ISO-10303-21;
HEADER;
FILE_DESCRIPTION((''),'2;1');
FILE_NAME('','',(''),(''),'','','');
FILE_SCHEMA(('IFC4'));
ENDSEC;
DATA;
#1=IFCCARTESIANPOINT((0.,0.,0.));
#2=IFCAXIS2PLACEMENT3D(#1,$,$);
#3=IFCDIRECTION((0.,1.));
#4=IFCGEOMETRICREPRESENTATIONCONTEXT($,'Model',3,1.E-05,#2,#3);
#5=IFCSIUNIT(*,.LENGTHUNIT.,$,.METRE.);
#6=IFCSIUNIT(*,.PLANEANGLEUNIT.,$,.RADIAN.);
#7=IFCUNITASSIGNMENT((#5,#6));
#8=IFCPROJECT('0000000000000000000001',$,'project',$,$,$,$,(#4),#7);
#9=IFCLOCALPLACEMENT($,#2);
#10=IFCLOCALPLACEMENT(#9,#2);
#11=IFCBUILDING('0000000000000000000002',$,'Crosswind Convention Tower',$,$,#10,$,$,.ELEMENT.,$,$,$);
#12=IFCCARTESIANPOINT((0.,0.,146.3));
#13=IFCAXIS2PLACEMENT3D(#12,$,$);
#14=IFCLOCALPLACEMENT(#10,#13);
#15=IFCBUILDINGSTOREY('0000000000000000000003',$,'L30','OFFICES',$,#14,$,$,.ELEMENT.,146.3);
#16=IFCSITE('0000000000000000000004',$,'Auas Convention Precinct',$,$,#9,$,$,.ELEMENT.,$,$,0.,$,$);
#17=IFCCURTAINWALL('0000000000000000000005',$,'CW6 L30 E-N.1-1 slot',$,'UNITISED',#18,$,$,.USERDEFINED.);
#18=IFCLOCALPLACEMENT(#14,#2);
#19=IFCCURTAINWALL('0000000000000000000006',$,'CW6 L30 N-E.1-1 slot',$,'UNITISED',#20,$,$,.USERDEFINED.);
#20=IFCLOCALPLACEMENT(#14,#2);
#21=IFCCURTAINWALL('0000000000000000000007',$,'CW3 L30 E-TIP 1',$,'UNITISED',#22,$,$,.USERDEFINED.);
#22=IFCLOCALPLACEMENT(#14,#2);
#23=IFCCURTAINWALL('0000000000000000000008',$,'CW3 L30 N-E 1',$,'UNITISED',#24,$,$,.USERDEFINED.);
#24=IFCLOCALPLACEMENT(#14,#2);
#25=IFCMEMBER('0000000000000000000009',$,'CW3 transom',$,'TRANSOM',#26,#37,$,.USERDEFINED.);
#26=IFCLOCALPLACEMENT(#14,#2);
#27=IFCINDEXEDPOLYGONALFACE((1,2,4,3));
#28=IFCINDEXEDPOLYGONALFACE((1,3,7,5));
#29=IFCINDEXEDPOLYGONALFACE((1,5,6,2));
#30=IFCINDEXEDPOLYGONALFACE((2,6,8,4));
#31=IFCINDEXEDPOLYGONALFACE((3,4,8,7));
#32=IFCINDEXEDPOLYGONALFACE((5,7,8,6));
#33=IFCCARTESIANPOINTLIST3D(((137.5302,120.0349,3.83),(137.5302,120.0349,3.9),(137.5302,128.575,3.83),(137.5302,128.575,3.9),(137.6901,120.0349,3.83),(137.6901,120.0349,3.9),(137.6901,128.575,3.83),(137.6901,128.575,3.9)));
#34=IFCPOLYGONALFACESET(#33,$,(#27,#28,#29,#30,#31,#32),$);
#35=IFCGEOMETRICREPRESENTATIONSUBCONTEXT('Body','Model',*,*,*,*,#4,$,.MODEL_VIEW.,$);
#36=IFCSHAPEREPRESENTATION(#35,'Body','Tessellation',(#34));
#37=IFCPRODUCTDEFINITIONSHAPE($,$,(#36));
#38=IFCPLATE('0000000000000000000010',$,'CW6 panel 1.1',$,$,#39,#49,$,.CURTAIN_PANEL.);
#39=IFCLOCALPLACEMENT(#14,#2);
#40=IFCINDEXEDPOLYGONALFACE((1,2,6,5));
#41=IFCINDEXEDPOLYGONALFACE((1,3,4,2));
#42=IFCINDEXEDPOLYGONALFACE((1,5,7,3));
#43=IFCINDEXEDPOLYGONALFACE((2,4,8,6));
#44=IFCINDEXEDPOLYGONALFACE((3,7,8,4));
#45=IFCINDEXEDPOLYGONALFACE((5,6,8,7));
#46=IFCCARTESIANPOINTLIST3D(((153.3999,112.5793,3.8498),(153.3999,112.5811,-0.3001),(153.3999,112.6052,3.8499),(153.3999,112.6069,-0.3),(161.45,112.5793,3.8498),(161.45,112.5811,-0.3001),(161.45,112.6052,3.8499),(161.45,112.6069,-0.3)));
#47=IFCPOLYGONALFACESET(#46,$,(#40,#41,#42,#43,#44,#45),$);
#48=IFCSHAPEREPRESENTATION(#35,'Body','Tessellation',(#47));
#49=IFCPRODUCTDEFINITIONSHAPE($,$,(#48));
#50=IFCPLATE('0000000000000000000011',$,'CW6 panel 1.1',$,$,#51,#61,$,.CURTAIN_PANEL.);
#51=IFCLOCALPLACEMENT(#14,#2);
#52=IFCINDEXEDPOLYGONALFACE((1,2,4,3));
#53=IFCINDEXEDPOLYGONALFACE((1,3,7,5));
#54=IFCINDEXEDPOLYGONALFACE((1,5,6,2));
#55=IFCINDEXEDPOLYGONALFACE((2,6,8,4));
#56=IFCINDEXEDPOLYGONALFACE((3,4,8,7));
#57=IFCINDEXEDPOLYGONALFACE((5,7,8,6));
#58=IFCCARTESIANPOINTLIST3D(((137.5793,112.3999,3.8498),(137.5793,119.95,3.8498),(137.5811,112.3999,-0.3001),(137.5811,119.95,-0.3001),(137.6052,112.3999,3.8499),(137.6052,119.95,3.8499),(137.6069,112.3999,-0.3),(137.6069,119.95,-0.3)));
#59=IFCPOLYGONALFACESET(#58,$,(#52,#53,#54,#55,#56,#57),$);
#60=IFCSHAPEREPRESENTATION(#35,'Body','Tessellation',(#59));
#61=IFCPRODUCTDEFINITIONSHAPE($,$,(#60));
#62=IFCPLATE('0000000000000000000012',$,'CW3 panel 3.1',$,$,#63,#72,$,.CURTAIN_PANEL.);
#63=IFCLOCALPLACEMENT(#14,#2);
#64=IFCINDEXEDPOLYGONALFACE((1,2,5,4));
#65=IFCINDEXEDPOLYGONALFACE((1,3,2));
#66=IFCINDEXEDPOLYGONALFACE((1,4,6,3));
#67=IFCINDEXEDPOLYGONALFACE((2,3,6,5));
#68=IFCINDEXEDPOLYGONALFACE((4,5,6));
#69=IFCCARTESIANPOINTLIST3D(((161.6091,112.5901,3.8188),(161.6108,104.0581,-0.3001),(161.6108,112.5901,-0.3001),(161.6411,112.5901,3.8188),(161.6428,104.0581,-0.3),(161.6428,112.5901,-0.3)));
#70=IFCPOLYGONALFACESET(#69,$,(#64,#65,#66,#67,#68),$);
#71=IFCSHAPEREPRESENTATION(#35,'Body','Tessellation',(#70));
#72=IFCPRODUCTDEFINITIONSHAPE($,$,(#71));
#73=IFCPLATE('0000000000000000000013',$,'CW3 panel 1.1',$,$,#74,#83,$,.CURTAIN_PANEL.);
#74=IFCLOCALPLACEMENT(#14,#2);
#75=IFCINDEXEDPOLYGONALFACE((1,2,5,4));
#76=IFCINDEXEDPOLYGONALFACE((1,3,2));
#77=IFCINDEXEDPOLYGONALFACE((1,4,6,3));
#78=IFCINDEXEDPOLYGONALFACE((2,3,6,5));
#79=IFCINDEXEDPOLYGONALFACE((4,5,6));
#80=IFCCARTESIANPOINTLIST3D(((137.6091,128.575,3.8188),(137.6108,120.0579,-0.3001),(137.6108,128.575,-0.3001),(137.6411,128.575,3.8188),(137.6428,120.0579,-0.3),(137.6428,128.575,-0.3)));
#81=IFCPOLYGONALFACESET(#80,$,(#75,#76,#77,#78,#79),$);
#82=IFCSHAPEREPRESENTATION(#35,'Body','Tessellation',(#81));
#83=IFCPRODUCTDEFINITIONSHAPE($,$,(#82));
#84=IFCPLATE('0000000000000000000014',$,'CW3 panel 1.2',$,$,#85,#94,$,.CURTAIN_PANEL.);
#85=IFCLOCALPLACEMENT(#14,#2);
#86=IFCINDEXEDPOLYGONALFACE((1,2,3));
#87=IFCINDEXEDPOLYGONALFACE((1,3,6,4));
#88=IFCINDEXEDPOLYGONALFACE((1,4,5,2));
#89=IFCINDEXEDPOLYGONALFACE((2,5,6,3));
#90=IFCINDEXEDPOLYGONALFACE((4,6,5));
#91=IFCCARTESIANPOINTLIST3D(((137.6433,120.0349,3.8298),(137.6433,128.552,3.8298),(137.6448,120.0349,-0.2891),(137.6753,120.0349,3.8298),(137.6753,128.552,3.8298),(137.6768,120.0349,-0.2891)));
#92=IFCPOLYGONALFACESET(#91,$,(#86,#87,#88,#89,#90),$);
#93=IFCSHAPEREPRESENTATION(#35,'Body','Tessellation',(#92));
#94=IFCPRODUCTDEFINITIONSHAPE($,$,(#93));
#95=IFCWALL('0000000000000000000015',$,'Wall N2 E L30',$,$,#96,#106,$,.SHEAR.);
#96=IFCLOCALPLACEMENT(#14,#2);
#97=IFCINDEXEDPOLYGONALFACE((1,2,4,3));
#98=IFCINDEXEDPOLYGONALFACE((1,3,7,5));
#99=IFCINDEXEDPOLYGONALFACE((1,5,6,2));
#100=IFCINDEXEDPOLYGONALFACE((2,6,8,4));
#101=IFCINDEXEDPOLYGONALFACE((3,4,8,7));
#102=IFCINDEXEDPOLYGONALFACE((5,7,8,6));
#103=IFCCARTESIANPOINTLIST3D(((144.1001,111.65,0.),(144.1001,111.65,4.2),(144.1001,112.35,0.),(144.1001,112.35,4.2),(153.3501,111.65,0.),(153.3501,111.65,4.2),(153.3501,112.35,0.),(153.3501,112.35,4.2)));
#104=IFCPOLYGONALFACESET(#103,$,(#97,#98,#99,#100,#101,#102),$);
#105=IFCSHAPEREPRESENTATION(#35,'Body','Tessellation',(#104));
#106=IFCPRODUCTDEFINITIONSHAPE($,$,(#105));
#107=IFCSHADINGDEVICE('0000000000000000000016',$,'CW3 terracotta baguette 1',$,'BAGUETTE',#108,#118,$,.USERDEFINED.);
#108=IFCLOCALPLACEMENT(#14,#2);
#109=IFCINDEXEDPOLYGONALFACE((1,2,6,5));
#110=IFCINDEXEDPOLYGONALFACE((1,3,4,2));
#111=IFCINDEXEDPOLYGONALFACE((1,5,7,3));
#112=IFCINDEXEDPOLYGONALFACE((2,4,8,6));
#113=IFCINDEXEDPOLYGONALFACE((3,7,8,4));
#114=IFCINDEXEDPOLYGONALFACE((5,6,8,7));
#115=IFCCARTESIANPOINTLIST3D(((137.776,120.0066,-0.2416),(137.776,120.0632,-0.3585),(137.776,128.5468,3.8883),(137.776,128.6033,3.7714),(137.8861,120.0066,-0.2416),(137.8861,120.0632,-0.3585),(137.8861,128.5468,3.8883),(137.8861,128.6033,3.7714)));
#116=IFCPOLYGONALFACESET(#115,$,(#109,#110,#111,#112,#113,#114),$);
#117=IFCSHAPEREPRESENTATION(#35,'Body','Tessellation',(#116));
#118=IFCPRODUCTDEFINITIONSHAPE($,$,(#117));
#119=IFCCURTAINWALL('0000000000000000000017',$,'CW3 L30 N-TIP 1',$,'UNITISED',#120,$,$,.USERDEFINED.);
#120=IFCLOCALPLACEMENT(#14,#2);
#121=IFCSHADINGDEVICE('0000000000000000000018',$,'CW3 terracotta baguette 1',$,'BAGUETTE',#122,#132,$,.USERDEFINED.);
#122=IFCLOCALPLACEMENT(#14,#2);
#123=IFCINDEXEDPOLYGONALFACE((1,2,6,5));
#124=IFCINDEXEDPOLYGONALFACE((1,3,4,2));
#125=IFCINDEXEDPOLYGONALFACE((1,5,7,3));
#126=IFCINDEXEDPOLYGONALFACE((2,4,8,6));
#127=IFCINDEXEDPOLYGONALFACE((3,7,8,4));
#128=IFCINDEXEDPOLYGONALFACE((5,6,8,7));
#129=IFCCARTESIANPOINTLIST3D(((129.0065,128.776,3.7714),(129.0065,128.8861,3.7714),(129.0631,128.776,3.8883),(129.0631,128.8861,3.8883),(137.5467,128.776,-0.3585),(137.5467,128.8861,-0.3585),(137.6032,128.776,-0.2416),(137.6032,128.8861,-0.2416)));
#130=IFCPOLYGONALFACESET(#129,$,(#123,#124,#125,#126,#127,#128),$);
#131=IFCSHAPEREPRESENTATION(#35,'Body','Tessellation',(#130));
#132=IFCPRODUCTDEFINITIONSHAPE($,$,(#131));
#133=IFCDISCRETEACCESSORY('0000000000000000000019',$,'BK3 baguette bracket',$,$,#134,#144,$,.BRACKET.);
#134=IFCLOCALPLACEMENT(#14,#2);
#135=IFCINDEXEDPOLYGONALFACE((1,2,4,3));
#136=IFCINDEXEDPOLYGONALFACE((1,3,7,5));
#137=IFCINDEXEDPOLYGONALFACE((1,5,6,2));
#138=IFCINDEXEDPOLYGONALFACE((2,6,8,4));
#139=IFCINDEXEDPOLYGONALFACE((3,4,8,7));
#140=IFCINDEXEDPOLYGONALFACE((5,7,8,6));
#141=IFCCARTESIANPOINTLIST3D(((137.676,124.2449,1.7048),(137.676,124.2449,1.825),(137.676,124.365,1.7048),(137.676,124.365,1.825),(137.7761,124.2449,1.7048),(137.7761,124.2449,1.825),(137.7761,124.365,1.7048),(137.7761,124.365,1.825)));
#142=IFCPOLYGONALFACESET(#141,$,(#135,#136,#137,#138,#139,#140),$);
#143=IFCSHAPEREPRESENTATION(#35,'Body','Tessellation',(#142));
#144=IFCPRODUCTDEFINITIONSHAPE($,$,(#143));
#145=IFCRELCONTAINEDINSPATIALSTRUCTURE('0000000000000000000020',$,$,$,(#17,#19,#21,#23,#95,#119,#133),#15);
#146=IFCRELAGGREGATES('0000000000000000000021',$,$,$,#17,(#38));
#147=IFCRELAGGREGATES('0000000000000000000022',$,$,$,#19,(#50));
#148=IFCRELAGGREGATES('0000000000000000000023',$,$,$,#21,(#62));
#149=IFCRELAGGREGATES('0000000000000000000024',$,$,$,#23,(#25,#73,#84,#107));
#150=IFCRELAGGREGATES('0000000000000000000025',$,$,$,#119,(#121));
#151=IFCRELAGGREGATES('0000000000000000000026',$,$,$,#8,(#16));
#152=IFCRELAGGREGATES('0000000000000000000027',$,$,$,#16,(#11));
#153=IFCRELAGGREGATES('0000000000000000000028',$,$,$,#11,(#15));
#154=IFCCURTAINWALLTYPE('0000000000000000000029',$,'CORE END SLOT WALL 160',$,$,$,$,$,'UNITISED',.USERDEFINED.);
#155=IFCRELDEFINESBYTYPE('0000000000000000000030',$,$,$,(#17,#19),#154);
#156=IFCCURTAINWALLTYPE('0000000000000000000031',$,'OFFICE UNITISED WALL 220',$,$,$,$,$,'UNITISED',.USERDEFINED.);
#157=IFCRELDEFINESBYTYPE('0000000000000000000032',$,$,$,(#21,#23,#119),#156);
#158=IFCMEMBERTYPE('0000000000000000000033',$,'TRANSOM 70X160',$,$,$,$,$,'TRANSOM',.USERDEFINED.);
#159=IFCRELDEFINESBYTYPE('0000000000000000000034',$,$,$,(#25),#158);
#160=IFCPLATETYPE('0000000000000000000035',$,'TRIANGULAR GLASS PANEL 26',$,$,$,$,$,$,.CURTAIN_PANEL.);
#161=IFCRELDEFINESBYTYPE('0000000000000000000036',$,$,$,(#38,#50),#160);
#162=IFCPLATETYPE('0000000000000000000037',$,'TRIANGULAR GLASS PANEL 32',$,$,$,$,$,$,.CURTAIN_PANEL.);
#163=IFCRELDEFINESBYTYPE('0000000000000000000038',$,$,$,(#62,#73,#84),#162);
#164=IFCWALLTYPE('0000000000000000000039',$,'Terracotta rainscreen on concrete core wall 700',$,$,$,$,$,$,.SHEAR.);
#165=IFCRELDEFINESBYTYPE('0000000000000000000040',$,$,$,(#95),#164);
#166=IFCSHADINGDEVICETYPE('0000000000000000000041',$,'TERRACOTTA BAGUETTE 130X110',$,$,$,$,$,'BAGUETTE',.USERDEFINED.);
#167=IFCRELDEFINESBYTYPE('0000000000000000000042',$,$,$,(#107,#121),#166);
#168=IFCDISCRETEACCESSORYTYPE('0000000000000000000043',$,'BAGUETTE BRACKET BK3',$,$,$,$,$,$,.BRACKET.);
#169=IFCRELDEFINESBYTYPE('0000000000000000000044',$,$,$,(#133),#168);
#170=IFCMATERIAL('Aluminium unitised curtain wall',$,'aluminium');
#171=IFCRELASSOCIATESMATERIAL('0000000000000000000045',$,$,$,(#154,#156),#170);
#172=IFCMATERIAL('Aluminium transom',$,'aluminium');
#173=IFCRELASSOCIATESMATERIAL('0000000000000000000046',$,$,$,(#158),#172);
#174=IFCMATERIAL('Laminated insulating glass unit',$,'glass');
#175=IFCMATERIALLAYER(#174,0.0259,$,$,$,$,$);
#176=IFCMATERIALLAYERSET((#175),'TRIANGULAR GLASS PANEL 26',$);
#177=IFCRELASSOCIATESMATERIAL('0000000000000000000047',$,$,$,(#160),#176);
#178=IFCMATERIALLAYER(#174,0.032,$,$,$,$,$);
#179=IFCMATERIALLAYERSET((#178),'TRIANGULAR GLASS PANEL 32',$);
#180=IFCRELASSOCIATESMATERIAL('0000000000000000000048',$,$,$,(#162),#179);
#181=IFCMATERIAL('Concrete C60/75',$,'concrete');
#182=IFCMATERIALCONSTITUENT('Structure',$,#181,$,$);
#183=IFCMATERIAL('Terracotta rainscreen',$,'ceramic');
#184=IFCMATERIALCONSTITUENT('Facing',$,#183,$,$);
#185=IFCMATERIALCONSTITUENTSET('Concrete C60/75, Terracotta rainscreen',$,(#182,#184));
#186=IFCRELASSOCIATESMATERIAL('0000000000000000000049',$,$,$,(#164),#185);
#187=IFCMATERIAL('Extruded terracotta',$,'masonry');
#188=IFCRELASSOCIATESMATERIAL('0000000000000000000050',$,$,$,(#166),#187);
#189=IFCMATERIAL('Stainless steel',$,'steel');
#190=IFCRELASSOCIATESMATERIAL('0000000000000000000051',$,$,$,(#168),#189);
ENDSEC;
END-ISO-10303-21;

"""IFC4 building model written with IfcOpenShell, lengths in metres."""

from ifc_helpers import new_model, si_unit, direction, frame, frame_2d, origin, origin_2d, place, context, subcontext, project, spatial, polyline, rectangle, outline, extrude, material, layer, layer_set, constituent, constituent_set, material_profile, profile_set, type_object, element, aggregate, save


model = new_model("IFC4")

# Units and contexts
model_context = context("Model", 3, precision=1e-05, world=origin(), true_north=direction((0.0, 1.0)))
body_context = subcontext(model_context, "Body", "Model", "MODEL_VIEW")
ifc_project = project(units=[si_unit("LENGTHUNIT", "METRE"), si_unit("PLANEANGLEUNIT", "RADIAN")], contexts=[model_context])

# Site, building, storey
site_placement = place(None, origin())
site = spatial("IfcSite", under=ifc_project, at=site_placement, Name="Auas Convention Precinct", CompositionType="ELEMENT", RefElevation=0.0)
building_placement = place(site_placement, origin())
building = spatial("IfcBuilding", under=site, at=building_placement, Name="Crosswind Convention Tower", CompositionType="ELEMENT")
storey_placement = place(building_placement, frame((0.0, 0.0, 146.3)))
storey = spatial("IfcBuildingStorey", under=building, at=storey_placement, Name="L30", Description="OFFICES", CompositionType="ELEMENT", Elevation=146.3)

# Shared definitions
ifc_material_1 = material(Name="Concrete C60/75", Category="concrete")

# Curtain walls
ifc_material_2 = material(Name="Aluminium unitised curtain wall", Category="aluminium")
curtain_wall_type_1 = type_object("IfcCurtainWallType", Name="CORE END SLOT WALL 160", ElementType="UNITISED", PredefinedType="USERDEFINED", material=ifc_material_2)
curtain_wall_1_placement = place(storey_placement, origin())
curtain_wall_1 = element("IfcCurtainWall", 1, at=curtain_wall_1_placement, inside=storey, type_object=curtain_wall_type_1, Name="CW6 L30 E-N.1-1 slot", ObjectType="UNITISED", PredefinedType="USERDEFINED")
curtain_wall_2_placement = place(storey_placement, origin())
curtain_wall_2 = element("IfcCurtainWall", 2, at=curtain_wall_2_placement, inside=storey, type_object=curtain_wall_type_1, Name="CW6 L30 N-E.1-1 slot", ObjectType="UNITISED", PredefinedType="USERDEFINED")

# Curtain wall
curtain_wall_type_2 = type_object("IfcCurtainWallType", Name="OFFICE UNITISED WALL 220", ElementType="UNITISED", PredefinedType="USERDEFINED", material=ifc_material_2)
curtain_wall_3_placement = place(storey_placement, origin())
curtain_wall_3 = element("IfcCurtainWall", 3, at=curtain_wall_3_placement, inside=storey, type_object=curtain_wall_type_2, Name="CW3 L30 E-TIP 1", ObjectType="UNITISED", PredefinedType="USERDEFINED")

# Curtain wall
curtain_wall_4_placement = place(storey_placement, origin())
curtain_wall_4 = element("IfcCurtainWall", 4, at=curtain_wall_4_placement, inside=storey, type_object=curtain_wall_type_2, Name="CW3 L30 N-E 1", ObjectType="UNITISED", PredefinedType="USERDEFINED")

# Member
ifc_material_3 = material(Name="Aluminium transom", Category="aluminium")
ifc_material_profile_1 = material_profile(ifc_material_3, rectangle(XDim=0.1599, YDim=0.0701, at=origin_2d()), Name="AL 160X70")
ifc_profile_set_1 = profile_set([ifc_material_profile_1], Name="Aluminium transom")
member_type_1 = type_object("IfcMemberType", Name="TRANSOM 70X160", ElementType="TRANSOM", PredefinedType="USERDEFINED", material=ifc_profile_set_1)
member_1_placement = place(storey_placement, frame((137.6101, 120.0349, 3.865), z_axis=(0.0, 1.0, 0.0), x_axis=(-1.0, 0.0, 0.0)))
member_1 = element("IfcMember", 5, at=member_1_placement, type_object=member_type_1, Name="CW3 transom", ObjectType="TRANSOM", PredefinedType="USERDEFINED", context=body_context, shape_type="SweptSolid", body=[
    extrude(rectangle(XDim=0.1599, YDim=0.0701, at=origin_2d()), origin(), (0.0, 0.0, 1.0), 8.54),
])

# Plates
ifc_material_4 = material(Name="Laminated insulating glass unit", Category="glass")
ifc_layer_1 = layer(ifc_material_4, 0.0259)
ifc_layer_set_1 = layer_set([ifc_layer_1], Name="TRIANGULAR GLASS PANEL 26")
plate_type_1 = type_object("IfcPlateType", Name="TRIANGULAR GLASS PANEL 26", PredefinedType="CURTAIN_PANEL", material=ifc_layer_set_1)
plate_1_placement = place(storey_placement, frame((161.45, 112.6069, -0.3), z_axis=(0.0, 1.0, 0.000412), x_axis=(-1.0, 0.0, 0.0)))
plate_1 = element("IfcPlate", 6, at=plate_1_placement, type_object=plate_type_1, Name="CW6 panel 1.1", PredefinedType="CURTAIN_PANEL", context=body_context, shape_type="SweptSolid", body=[
    extrude(outline(polyline([(0.0, 0.0), (8.05, 0.0), (8.05, 4.1499), (0.0, 4.1499), (0.0, 0.0)])), origin(), (0.0, 0.0, -1.0), 0.0259),
])
aggregate(curtain_wall_1, [plate_1])
plate_2_placement = place(storey_placement, frame((137.6069, 112.3999, -0.3), z_axis=(1.0, 0.0, 0.000412), x_axis=(0.0, 1.0, 0.0)))
plate_2 = element("IfcPlate", 7, at=plate_2_placement, type_object=plate_type_1, Name="CW6 panel 1.1", PredefinedType="CURTAIN_PANEL", context=body_context, shape_type="SweptSolid", body=[
    extrude(outline(polyline([(0.0, 0.0), (7.55, 0.0), (7.55, 4.1499), (0.0, 4.1499), (0.0, 0.0)])), origin(), (0.0, 0.0, -1.0), 0.0259),
])
aggregate(curtain_wall_2, [plate_2])
ifc_layer_2 = layer(ifc_material_4, 0.032)
ifc_layer_set_2 = layer_set([ifc_layer_2], Name="TRIANGULAR GLASS PANEL 32")
plate_type_2 = type_object("IfcPlateType", Name="TRIANGULAR GLASS PANEL 32", PredefinedType="CURTAIN_PANEL", material=ifc_layer_set_2)
plate_3_placement = place(storey_placement, frame((161.6428, 112.5901, -0.3), z_axis=(1.0, 0.0, 0.000415), x_axis=(-0.000415, 0.0, 1.0)))
plate_3 = element("IfcPlate", 8, at=plate_3_placement, type_object=plate_type_2, Name="CW3 panel 3.1", PredefinedType="CURTAIN_PANEL", context=body_context, shape_type="SweptSolid", body=[
    extrude(outline(polyline([(0.0, 0.0), (4.1189, 0.0), (0.0, 8.532), (0.0, 0.0)])), origin(), (0.0, 0.0, -1.0), 0.032),
])
aggregate(curtain_wall_3, [plate_3])
plate_4_placement = place(storey_placement, frame((137.6428, 128.575, -0.3), z_axis=(1.0, 0.0, 0.000415), x_axis=(-0.000415, 0.0, 1.0)))
plate_4 = element("IfcPlate", 9, at=plate_4_placement, type_object=plate_type_2, Name="CW3 panel 1.1", PredefinedType="CURTAIN_PANEL", context=body_context, shape_type="SweptSolid", body=[
    extrude(outline(polyline([(0.0, 0.0), (4.1189, 0.0), (0.0, 8.5171), (0.0, 0.0)])), origin(), (0.0, 0.0, -1.0), 0.032),
])
plate_5_placement = place(storey_placement, frame((137.6753, 120.0349, 3.8298), z_axis=(1.0, 0.0, 0.000356), x_axis=(0.000356, 0.0, -1.0)))
plate_5 = element("IfcPlate", 10, at=plate_5_placement, type_object=plate_type_2, Name="CW3 panel 1.2", PredefinedType="CURTAIN_PANEL", context=body_context, shape_type="SweptSolid", body=[
    extrude(outline(polyline([(0.0, 0.0), (4.1189, 0.0), (0.0, 8.5171), (0.0, 0.0)])), origin(), (0.0, 0.0, -1.0), 0.032),
])

# Wall
ifc_constituent_1 = constituent(ifc_material_1, Name="Structure")
ifc_material_5 = material(Name="Terracotta rainscreen", Category="ceramic")
ifc_constituent_2 = constituent(ifc_material_5, Name="Facing")
ifc_constituent_set = constituent_set(constituents=[ifc_constituent_1, ifc_constituent_2], Name="Concrete C60/75, Terracotta rainscreen")
wall_type = type_object("IfcWallType", Name="Terracotta rainscreen on concrete core wall 700", PredefinedType="SHEAR", material=ifc_constituent_set)
wall_placement = place(storey_placement, frame((144.1001, 112.0, 0.0), z_axis=(0.0, 0.0, 1.0), x_axis=(1.0, 0.0, 0.0)))
element("IfcWall", 11, at=wall_placement, inside=storey, type_object=wall_type, Name="Wall N2 E L30", PredefinedType="SHEAR", context=body_context, shape_type="SweptSolid", body=[
    extrude(rectangle(XDim=9.25, YDim=0.7, at=frame_2d((4.625, 0.0))), origin(), (0.0, 0.0, 1.0), 4.2),
])

# Shading device
ifc_material_6 = material(Name="Extruded terracotta", Category="masonry")
ifc_material_profile_2 = material_profile(ifc_material_6, rectangle(XDim=0.1101, YDim=0.1299, at=origin_2d()), Name="TC 110X130")
ifc_profile_set_2 = profile_set([ifc_material_profile_2], Name="Extruded terracotta")
shading_device_type = type_object("IfcShadingDeviceType", Name="TERRACOTTA BAGUETTE 130X110", ElementType="BAGUETTE", PredefinedType="USERDEFINED", material=ifc_profile_set_2)
shading_device_1_placement = place(storey_placement, frame((137.8311, 120.0349, -0.3), z_axis=(0.0, 0.900258, 0.435356), x_axis=(-1.0, 0.0, 0.0)))
shading_device_1 = element("IfcShadingDevice", 12, at=shading_device_1_placement, type_object=shading_device_type, Name="CW3 terracotta baguette 1", ObjectType="BAGUETTE", PredefinedType="USERDEFINED", context=body_context, shape_type="SweptSolid", body=[
    extrude(rectangle(XDim=0.1101, YDim=0.1299, at=origin_2d()), origin(), (0.0, 0.0, 1.0), 9.4863),
])
aggregate(curtain_wall_4, [member_1, plate_4, plate_5, shading_device_1])

# Curtain wall, shading device
curtain_wall_5_placement = place(storey_placement, origin())
curtain_wall_5 = element("IfcCurtainWall", 13, at=curtain_wall_5_placement, inside=storey, type_object=curtain_wall_type_2, Name="CW3 L30 N-TIP 1", ObjectType="UNITISED", PredefinedType="USERDEFINED")
shading_device_2_placement = place(storey_placement, frame((137.575, 128.8311, -0.3), z_axis=(-0.900258, 0.0, 0.435356), x_axis=(0.0, -1.0, 0.0)))
shading_device_2 = element("IfcShadingDevice", 14, at=shading_device_2_placement, type_object=shading_device_type, Name="CW3 terracotta baguette 1", ObjectType="BAGUETTE", PredefinedType="USERDEFINED", context=body_context, shape_type="SweptSolid", body=[
    extrude(rectangle(XDim=0.1101, YDim=0.1299, at=origin_2d()), origin(), (0.0, 0.0, 1.0), 9.4863),
])
aggregate(curtain_wall_5, [shading_device_2])

# Discrete accessory
ifc_material_7 = material(Name="Stainless steel", Category="steel")
discrete_accessory_type = type_object("IfcDiscreteAccessoryType", Name="BAGUETTE BRACKET BK3", PredefinedType="BRACKET", material=ifc_material_7)
discrete_accessory_placement = place(storey_placement, frame((137.7261, 124.3049, 1.7048), z_axis=(0.0, 0.0, 1.0), x_axis=(0.0, 1.0, 0.0)))
element("IfcDiscreteAccessory", 15, at=discrete_accessory_placement, inside=storey, type_object=discrete_accessory_type, Name="BK3 baguette bracket", PredefinedType="BRACKET", context=body_context, shape_type="SweptSolid", body=[
    extrude(rectangle(XDim=0.1201, YDim=0.1001, at=origin_2d()), origin(), (0.0, 0.0, 1.0), 0.1201),
])

save(model, "model.ifc")
